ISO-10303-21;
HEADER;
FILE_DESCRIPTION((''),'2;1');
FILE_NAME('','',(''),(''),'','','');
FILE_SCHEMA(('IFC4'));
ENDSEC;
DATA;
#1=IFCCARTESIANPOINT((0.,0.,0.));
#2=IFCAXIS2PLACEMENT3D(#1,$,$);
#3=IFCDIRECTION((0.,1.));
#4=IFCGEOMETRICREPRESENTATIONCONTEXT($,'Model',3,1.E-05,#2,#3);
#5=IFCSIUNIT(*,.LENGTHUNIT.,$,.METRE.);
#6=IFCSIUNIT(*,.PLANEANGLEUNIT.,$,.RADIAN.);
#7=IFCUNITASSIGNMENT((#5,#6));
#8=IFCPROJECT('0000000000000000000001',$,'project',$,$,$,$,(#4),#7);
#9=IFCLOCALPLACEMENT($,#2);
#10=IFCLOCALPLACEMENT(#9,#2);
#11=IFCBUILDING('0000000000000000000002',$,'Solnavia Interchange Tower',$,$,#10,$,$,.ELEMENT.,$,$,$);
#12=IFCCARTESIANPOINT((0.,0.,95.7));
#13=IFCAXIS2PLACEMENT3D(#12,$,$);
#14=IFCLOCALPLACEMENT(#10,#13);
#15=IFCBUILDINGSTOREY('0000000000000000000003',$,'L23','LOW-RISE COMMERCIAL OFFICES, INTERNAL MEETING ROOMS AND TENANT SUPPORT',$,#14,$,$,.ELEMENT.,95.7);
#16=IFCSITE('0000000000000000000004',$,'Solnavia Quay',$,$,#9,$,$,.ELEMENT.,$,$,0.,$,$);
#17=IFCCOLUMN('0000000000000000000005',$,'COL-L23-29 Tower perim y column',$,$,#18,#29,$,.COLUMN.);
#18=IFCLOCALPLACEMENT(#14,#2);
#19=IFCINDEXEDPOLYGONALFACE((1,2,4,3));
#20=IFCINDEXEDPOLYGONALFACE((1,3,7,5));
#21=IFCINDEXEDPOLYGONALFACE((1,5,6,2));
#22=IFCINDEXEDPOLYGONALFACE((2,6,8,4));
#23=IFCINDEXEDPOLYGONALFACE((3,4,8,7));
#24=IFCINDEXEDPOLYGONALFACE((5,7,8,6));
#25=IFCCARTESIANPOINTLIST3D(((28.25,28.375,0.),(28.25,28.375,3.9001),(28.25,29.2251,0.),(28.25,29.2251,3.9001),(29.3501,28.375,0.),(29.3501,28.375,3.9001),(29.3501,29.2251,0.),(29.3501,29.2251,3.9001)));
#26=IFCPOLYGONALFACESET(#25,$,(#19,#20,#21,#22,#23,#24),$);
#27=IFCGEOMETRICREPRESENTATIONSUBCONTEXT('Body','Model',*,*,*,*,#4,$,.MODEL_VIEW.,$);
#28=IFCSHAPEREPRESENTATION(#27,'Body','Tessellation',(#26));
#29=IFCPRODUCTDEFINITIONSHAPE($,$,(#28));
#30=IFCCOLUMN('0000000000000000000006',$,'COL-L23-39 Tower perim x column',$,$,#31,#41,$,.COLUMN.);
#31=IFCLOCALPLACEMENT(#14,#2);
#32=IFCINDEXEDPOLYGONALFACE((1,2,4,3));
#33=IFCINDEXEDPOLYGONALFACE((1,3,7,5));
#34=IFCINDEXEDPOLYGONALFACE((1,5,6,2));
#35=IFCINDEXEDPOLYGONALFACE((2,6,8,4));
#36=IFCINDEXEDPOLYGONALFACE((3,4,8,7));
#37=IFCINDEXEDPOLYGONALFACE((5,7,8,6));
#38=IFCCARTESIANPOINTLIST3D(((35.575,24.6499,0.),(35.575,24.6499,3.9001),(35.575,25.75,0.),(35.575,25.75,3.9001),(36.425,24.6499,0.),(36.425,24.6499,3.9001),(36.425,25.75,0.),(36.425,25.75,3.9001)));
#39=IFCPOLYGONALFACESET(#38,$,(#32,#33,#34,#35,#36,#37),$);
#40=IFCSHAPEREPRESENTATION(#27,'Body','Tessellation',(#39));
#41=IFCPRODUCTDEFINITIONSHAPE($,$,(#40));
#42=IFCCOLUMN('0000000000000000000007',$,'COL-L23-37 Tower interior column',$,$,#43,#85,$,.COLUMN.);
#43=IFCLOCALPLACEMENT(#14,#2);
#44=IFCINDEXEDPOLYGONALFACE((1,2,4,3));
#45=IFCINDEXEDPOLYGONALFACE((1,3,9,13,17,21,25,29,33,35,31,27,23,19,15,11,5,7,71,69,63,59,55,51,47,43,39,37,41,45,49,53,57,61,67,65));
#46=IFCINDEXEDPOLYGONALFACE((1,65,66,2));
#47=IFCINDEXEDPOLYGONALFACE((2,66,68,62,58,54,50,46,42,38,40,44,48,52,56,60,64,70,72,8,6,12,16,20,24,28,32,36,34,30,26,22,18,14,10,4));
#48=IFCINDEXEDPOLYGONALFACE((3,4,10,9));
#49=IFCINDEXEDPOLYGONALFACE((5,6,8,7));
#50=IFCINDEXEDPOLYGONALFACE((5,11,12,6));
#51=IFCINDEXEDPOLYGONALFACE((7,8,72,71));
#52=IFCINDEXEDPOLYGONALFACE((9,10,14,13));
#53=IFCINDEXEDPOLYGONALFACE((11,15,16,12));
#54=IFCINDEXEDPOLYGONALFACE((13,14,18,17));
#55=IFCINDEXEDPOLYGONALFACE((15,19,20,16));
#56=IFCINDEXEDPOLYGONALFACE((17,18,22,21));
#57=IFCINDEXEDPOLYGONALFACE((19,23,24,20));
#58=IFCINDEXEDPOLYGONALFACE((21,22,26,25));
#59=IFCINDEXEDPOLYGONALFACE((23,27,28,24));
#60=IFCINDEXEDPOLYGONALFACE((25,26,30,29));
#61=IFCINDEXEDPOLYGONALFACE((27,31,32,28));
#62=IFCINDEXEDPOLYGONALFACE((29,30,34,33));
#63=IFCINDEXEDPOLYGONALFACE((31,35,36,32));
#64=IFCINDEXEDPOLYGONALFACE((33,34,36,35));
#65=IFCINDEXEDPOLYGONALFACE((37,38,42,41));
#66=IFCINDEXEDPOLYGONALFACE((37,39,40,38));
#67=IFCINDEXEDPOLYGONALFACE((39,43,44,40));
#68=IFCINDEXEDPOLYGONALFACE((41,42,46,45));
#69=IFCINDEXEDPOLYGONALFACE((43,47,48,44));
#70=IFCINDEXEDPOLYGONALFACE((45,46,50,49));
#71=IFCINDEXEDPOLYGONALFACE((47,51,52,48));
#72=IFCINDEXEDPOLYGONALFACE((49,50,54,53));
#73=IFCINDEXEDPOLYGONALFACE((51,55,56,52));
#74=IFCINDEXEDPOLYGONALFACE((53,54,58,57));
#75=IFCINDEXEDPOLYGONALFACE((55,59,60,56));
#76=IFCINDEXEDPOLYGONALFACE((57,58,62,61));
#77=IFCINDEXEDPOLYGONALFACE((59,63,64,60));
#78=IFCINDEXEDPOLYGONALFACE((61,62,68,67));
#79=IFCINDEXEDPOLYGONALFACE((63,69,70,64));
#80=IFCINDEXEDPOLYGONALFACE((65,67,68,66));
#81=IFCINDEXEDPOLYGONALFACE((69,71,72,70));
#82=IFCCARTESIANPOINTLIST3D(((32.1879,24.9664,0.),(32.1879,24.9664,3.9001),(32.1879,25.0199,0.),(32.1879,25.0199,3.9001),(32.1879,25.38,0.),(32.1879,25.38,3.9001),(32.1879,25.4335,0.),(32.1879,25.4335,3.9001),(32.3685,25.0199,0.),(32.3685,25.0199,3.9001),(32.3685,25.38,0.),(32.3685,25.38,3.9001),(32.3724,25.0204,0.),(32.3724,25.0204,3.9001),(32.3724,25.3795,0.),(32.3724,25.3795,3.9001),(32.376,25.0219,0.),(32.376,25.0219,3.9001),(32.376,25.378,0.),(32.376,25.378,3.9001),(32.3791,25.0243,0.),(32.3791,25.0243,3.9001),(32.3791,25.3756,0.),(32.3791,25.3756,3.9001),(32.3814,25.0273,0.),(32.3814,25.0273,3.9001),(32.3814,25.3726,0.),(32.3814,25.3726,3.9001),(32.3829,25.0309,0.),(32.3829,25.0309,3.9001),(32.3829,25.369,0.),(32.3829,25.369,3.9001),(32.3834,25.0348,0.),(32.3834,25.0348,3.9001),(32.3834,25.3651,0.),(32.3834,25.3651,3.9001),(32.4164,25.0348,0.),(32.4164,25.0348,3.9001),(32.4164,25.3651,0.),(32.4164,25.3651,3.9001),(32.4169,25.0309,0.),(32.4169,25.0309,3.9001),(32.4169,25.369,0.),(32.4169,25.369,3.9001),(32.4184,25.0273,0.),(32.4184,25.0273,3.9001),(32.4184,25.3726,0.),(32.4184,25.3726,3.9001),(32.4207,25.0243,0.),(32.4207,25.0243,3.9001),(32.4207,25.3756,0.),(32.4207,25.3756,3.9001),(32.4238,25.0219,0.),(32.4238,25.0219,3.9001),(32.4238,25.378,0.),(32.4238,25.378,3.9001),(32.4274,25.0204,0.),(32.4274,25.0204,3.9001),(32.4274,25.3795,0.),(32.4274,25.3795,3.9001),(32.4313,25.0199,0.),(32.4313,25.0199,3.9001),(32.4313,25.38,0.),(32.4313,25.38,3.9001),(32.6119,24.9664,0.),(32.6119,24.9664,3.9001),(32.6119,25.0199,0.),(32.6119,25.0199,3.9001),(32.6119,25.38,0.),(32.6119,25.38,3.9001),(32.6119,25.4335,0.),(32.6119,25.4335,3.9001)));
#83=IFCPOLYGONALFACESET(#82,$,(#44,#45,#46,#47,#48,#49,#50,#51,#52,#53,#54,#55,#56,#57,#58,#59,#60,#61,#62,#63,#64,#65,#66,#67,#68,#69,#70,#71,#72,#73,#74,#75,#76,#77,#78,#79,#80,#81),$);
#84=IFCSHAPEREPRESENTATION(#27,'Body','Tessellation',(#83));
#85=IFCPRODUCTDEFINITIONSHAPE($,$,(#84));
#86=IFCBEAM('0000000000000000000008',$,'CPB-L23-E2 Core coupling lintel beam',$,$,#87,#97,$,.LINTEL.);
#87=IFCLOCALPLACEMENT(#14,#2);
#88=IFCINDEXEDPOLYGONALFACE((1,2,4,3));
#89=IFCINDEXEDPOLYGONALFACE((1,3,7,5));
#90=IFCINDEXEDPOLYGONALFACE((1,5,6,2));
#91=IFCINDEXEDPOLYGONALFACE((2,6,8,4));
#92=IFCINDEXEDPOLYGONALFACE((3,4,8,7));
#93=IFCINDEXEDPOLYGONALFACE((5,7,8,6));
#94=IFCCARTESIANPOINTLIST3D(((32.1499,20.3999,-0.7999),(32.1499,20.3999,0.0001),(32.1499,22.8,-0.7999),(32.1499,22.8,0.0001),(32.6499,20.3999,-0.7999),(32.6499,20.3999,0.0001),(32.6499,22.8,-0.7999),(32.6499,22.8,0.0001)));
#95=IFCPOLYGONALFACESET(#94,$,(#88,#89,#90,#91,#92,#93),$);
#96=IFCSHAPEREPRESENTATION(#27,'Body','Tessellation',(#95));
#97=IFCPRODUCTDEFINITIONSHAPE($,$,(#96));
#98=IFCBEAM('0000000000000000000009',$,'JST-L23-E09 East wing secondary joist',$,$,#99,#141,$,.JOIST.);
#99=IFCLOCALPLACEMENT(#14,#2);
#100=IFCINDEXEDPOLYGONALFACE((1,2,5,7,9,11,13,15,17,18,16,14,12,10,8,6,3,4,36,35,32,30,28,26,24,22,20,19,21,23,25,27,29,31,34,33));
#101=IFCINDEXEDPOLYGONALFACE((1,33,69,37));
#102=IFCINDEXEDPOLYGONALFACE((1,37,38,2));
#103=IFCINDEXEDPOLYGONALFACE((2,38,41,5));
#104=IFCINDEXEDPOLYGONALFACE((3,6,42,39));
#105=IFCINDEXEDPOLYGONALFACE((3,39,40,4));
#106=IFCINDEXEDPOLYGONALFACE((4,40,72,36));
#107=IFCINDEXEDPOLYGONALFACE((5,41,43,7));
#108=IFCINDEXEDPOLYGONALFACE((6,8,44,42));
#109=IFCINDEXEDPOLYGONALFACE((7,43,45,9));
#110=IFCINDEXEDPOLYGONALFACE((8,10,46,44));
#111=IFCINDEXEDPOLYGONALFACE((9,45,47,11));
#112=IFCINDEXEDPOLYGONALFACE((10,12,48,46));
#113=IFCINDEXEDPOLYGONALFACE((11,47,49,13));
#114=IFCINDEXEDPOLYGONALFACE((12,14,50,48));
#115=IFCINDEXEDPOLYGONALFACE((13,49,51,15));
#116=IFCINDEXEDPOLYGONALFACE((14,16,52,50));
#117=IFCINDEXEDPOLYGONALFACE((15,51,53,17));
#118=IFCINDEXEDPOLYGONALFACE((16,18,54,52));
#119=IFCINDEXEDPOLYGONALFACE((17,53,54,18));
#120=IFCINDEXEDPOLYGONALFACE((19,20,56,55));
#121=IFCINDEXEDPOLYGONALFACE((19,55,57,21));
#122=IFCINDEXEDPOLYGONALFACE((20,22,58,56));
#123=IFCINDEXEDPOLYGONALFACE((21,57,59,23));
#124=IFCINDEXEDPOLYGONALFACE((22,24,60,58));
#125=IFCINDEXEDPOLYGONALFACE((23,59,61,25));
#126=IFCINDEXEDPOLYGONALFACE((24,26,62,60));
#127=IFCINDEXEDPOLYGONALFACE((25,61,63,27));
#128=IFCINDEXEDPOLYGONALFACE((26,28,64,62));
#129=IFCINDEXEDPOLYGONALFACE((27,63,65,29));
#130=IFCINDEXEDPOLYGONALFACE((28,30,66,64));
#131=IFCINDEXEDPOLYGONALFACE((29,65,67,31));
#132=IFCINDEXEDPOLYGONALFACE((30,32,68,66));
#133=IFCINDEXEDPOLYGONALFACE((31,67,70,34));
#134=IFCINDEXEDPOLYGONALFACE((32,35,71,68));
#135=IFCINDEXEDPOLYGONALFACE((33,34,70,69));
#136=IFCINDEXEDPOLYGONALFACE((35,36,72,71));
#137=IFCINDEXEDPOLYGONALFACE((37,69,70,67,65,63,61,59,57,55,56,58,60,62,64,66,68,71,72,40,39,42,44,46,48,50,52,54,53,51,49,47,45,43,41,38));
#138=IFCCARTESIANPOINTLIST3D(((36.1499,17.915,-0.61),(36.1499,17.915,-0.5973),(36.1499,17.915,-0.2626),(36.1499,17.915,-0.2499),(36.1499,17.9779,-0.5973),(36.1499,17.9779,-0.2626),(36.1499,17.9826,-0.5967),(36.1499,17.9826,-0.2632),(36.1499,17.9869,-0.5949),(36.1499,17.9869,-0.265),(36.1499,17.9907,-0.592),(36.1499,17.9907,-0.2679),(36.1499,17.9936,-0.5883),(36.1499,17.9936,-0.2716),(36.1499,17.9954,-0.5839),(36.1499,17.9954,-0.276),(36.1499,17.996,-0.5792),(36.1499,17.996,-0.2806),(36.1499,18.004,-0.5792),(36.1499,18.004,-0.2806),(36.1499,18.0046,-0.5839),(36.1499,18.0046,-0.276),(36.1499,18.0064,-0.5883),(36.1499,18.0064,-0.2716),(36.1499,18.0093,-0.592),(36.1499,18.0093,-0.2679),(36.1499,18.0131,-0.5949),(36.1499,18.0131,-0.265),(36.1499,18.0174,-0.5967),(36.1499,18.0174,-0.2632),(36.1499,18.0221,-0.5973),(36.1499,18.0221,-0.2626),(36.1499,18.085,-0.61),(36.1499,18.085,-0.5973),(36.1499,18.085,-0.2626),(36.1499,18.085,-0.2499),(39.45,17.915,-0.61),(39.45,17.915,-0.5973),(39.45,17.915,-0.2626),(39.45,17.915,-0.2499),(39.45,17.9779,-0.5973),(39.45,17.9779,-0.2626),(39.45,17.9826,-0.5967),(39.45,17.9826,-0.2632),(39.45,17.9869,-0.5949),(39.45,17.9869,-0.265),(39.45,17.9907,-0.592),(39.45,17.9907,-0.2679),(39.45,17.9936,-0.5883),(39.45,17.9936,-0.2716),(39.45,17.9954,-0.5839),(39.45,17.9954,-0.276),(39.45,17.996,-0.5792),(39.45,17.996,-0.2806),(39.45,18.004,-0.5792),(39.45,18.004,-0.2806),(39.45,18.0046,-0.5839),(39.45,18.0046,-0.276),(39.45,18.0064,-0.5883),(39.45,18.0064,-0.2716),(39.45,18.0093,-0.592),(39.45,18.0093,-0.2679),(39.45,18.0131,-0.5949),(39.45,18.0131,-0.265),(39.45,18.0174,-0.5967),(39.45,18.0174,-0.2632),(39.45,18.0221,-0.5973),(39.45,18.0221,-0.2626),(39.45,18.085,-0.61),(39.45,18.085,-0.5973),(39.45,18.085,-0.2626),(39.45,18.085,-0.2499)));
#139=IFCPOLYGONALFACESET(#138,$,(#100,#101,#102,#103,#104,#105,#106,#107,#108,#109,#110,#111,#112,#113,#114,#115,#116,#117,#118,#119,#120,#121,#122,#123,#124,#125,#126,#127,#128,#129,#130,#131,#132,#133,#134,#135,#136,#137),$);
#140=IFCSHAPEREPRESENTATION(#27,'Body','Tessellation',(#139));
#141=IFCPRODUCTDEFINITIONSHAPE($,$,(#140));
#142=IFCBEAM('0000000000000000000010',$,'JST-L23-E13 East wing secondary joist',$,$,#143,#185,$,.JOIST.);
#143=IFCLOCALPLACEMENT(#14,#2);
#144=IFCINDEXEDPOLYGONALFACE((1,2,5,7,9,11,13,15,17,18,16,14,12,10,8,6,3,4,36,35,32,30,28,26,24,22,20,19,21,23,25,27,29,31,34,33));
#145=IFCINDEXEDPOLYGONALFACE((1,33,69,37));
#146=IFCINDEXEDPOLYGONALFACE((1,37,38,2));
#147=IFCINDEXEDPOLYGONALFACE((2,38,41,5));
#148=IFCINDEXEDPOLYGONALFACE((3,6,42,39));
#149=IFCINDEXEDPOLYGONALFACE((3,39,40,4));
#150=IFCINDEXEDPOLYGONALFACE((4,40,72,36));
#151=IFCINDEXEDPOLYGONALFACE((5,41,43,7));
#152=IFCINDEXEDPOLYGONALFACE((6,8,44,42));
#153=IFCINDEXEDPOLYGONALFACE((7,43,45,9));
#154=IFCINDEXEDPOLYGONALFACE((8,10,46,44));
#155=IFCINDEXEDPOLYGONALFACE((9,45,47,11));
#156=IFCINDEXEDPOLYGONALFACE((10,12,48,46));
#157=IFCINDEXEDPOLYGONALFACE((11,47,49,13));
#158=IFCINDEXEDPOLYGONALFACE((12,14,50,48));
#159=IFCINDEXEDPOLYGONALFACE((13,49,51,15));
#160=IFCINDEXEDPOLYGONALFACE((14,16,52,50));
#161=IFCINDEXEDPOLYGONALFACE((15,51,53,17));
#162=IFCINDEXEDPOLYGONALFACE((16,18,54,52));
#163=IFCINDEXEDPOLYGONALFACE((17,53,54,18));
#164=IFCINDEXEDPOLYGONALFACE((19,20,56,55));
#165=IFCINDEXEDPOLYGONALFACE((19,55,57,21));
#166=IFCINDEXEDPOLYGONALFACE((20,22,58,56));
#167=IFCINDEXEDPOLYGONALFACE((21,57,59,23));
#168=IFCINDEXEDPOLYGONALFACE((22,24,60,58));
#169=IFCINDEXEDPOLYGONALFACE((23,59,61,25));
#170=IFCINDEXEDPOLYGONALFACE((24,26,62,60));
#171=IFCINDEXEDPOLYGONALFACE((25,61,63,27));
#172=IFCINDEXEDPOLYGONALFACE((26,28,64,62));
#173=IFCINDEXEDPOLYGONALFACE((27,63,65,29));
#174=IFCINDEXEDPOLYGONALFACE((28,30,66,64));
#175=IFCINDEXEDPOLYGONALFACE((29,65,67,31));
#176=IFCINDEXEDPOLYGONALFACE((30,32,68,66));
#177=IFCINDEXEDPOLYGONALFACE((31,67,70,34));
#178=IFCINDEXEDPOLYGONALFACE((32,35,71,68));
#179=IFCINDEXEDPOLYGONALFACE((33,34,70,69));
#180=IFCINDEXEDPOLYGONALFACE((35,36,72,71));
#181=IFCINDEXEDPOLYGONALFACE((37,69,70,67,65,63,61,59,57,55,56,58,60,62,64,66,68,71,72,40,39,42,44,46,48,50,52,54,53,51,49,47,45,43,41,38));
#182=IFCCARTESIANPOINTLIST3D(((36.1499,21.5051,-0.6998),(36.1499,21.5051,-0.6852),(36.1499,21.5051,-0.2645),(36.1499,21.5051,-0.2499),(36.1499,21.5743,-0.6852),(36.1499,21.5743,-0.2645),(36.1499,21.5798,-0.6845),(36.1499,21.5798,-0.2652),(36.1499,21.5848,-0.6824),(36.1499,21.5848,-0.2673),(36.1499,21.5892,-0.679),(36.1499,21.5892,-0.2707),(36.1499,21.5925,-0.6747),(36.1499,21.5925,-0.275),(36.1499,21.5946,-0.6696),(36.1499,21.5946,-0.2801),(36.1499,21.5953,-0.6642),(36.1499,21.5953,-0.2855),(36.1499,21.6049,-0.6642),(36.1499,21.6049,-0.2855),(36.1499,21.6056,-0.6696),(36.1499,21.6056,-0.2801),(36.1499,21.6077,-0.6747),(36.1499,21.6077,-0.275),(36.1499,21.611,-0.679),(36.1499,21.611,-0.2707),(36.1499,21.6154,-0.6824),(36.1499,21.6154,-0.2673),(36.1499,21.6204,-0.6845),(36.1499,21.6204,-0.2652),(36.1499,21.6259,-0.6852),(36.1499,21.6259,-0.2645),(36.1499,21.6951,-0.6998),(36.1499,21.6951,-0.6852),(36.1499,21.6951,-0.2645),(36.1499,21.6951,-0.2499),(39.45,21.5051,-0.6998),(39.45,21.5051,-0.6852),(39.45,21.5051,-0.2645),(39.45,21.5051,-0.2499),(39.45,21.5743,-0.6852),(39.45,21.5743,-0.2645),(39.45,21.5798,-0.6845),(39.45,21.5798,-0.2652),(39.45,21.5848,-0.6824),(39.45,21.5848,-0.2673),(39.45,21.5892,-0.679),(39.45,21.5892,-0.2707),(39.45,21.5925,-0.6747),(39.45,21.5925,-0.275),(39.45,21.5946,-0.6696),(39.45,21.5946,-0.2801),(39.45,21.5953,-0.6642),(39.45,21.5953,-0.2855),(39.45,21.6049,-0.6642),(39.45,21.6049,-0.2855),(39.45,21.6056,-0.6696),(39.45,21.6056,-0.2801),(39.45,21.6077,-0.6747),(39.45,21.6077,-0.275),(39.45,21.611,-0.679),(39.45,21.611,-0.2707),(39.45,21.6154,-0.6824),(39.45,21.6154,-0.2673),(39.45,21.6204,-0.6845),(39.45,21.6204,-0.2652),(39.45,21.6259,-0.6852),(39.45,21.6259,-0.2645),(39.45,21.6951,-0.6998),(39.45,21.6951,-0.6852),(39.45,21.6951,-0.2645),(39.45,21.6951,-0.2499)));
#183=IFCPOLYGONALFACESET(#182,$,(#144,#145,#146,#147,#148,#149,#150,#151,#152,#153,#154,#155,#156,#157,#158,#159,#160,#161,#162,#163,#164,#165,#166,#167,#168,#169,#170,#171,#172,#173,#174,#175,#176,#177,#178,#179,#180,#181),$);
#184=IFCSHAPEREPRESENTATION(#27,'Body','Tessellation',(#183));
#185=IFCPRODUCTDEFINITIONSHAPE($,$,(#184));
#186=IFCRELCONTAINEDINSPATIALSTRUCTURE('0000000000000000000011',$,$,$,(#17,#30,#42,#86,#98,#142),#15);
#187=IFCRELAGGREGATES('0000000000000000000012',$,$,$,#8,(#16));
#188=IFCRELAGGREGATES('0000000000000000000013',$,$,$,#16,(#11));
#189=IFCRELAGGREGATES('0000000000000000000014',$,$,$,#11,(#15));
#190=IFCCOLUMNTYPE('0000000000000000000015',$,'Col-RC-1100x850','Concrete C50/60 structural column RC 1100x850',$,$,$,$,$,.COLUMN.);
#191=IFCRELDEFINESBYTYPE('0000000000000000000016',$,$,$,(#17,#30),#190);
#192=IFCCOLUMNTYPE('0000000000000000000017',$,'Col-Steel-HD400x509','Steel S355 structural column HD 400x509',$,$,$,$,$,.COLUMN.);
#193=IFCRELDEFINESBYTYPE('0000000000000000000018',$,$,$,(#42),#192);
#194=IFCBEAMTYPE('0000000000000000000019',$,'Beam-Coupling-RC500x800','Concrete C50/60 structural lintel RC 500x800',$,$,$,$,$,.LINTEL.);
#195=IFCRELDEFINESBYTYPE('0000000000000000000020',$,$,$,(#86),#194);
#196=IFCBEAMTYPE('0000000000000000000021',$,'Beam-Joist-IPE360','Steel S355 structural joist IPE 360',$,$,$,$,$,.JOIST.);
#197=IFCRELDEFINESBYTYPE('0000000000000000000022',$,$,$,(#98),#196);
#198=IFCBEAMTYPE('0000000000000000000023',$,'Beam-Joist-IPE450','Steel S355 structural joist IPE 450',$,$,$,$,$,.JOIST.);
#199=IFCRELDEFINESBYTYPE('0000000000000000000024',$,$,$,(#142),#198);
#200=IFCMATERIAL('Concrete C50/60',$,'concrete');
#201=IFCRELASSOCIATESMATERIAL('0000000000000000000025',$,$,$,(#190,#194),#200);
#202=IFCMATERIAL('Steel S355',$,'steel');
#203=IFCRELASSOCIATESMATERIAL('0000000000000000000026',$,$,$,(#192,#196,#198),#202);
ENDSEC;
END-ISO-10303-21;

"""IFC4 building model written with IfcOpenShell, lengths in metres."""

from ifc_helpers import new_model, si_unit, direction, frame, origin, origin_2d, place, context, subcontext, project, spatial, rectangle, i_section, extrude, material, material_profile, profile_set, type_object, element, save


model = new_model("IFC4")

# Units and contexts
model_context = context("Model", 3, precision=1e-05, world=origin(), true_north=direction((0.0, 1.0)))
body_context = subcontext(model_context, "Body", "Model", "MODEL_VIEW")
ifc_project = project(units=[si_unit("LENGTHUNIT", "METRE"), si_unit("PLANEANGLEUNIT", "RADIAN")], contexts=[model_context])

# Site, building, storey
site_placement = place(None, origin())
site = spatial("IfcSite", under=ifc_project, at=site_placement, Name="Solnavia Quay", CompositionType="ELEMENT", RefElevation=0.0)
building_placement = place(site_placement, origin())
building = spatial("IfcBuilding", under=site, at=building_placement, Name="Solnavia Interchange Tower", CompositionType="ELEMENT")
storey_placement = place(building_placement, frame((0.0, 0.0, 95.7)))
storey = spatial("IfcBuildingStorey", under=building, at=storey_placement, Name="L23", Description="LOW-RISE COMMERCIAL OFFICES, INTERNAL MEETING ROOMS AND TENANT SUPPORT", CompositionType="ELEMENT", Elevation=95.7)

# Columns
ifc_material_1 = material(Name="Concrete C50/60", Category="concrete")
ifc_material_profile_1 = material_profile(ifc_material_1, rectangle(XDim=0.8501, YDim=1.1001, at=origin_2d()), Name="RC 1100x850")
ifc_profile_set_1 = profile_set([ifc_material_profile_1], Name="Concrete C50/60")
column_type_1 = type_object("IfcColumnType", Name="Col-RC-1100x850", Description="Concrete C50/60 structural column RC 1100x850", PredefinedType="COLUMN", material=ifc_profile_set_1)
for number, where, z_axis, x_axis, name in (
    (1, (28.8, 28.8, 0.0), (0.0, 0.0, 1.0), (0.0, 1.0, 0.0), "COL-L23-29 Tower perim y column"),
    (2, (36.0, 25.2, 0.0), (0.0, 0.0, 1.0), (1.0, 0.0, 0.0), "COL-L23-39 Tower perim x column"),
):
    element("IfcColumn", number, at=place(storey_placement, frame(where, z_axis=z_axis, x_axis=x_axis)), inside=storey, type_object=column_type_1, Name=name, PredefinedType="COLUMN", context=body_context, shape_type="SweptSolid", body=[
        extrude(rectangle(XDim=0.8501, YDim=1.1001, at=origin_2d()), origin(), (0.0, 0.0, 1.0), 3.9001),
    ])
ifc_material_2 = material(Name="Steel S355", Category="steel")
ifc_material_profile_2 = material_profile(ifc_material_2, i_section(OverallWidth=0.4241, OverallDepth=0.467, WebThickness=0.033, FlangeThickness=0.0535, FilletRadius=0.0149, at=origin_2d()), Name="HD 400x509")
ifc_profile_set_2 = profile_set([ifc_material_profile_2], Name="Steel S355")
column_type_2 = type_object("IfcColumnType", Name="Col-Steel-HD400x509", Description="Steel S355 structural column HD 400x509", PredefinedType="COLUMN", material=ifc_profile_set_2)
column_placement = place(storey_placement, frame((32.3999, 25.2, 0.0), z_axis=(0.0, 0.0, 1.0), x_axis=(1.0, 0.0, 0.0)))
element("IfcColumn", 3, at=column_placement, inside=storey, type_object=column_type_2, Name="COL-L23-37 Tower interior column", PredefinedType="COLUMN", context=body_context, shape_type="SweptSolid", body=[
    extrude(i_section(OverallWidth=0.4241, OverallDepth=0.467, WebThickness=0.033, FlangeThickness=0.0535, FilletRadius=0.0149, at=origin_2d()), origin(), (0.0, 0.0, 1.0), 3.9001),
])

# Beams
ifc_material_profile_3 = material_profile(ifc_material_1, rectangle(XDim=0.5, YDim=0.8, at=origin_2d()), Name="RC 500x800")
ifc_profile_set_3 = profile_set([ifc_material_profile_3], Name="Concrete C50/60")
beam_type_1 = type_object("IfcBeamType", Name="Beam-Coupling-RC500x800", Description="Concrete C50/60 structural lintel RC 500x800", PredefinedType="LINTEL", material=ifc_profile_set_3)
beam_1_placement = place(storey_placement, frame((32.3999, 20.3999, -0.3999), z_axis=(0.0, 1.0, 0.0), x_axis=(-1.0, 0.0, 0.0)))
element("IfcBeam", 4, at=beam_1_placement, inside=storey, type_object=beam_type_1, Name="CPB-L23-E2 Core coupling lintel beam", PredefinedType="LINTEL", context=body_context, shape_type="SweptSolid", body=[
    extrude(rectangle(XDim=0.5, YDim=0.8, at=origin_2d()), origin(), (0.0, 0.0, 1.0), 2.4001),
])
ifc_material_profile_4 = material_profile(ifc_material_2, i_section(OverallWidth=0.1699, OverallDepth=0.3601, WebThickness=0.0081, FlangeThickness=0.0127, FilletRadius=0.0181, at=origin_2d()), Name="IPE 360")
ifc_profile_set_4 = profile_set([ifc_material_profile_4], Name="Steel S355")
beam_type_2 = type_object("IfcBeamType", Name="Beam-Joist-IPE360", Description="Steel S355 structural joist IPE 360", PredefinedType="JOIST", material=ifc_profile_set_4)
beam_2_placement = place(storey_placement, frame((36.1499, 18.0, -0.4299), z_axis=(1.0, 0.0, 0.0), x_axis=(0.0, 1.0, 0.0)))
element("IfcBeam", 5, at=beam_2_placement, inside=storey, type_object=beam_type_2, Name="JST-L23-E09 East wing secondary joist", PredefinedType="JOIST", context=body_context, shape_type="SweptSolid", body=[
    extrude(i_section(OverallWidth=0.1699, OverallDepth=0.3601, WebThickness=0.0081, FlangeThickness=0.0127, FilletRadius=0.0181, at=origin_2d()), origin(), (0.0, 0.0, 1.0), 3.3),
])
ifc_material_profile_5 = material_profile(ifc_material_2, i_section(OverallWidth=0.1899, OverallDepth=0.45, WebThickness=0.0095, FlangeThickness=0.0146, FilletRadius=0.021, at=origin_2d()), Name="IPE 450")
ifc_profile_set_5 = profile_set([ifc_material_profile_5], Name="Steel S355")
beam_type_3 = type_object("IfcBeamType", Name="Beam-Joist-IPE450", Description="Steel S355 structural joist IPE 450", PredefinedType="JOIST", material=ifc_profile_set_5)
beam_3_placement = place(storey_placement, frame((36.1499, 21.6001, -0.4749), z_axis=(1.0, 0.0, 0.0), x_axis=(0.0, 1.0, 0.0)))
element("IfcBeam", 6, at=beam_3_placement, inside=storey, type_object=beam_type_3, Name="JST-L23-E13 East wing secondary joist", PredefinedType="JOIST", context=body_context, shape_type="SweptSolid", body=[
    extrude(i_section(OverallWidth=0.1899, OverallDepth=0.45, WebThickness=0.0095, FlangeThickness=0.0146, FilletRadius=0.021, at=origin_2d()), origin(), (0.0, 0.0, 1.0), 3.3),
])

save(model, "model.ifc")
